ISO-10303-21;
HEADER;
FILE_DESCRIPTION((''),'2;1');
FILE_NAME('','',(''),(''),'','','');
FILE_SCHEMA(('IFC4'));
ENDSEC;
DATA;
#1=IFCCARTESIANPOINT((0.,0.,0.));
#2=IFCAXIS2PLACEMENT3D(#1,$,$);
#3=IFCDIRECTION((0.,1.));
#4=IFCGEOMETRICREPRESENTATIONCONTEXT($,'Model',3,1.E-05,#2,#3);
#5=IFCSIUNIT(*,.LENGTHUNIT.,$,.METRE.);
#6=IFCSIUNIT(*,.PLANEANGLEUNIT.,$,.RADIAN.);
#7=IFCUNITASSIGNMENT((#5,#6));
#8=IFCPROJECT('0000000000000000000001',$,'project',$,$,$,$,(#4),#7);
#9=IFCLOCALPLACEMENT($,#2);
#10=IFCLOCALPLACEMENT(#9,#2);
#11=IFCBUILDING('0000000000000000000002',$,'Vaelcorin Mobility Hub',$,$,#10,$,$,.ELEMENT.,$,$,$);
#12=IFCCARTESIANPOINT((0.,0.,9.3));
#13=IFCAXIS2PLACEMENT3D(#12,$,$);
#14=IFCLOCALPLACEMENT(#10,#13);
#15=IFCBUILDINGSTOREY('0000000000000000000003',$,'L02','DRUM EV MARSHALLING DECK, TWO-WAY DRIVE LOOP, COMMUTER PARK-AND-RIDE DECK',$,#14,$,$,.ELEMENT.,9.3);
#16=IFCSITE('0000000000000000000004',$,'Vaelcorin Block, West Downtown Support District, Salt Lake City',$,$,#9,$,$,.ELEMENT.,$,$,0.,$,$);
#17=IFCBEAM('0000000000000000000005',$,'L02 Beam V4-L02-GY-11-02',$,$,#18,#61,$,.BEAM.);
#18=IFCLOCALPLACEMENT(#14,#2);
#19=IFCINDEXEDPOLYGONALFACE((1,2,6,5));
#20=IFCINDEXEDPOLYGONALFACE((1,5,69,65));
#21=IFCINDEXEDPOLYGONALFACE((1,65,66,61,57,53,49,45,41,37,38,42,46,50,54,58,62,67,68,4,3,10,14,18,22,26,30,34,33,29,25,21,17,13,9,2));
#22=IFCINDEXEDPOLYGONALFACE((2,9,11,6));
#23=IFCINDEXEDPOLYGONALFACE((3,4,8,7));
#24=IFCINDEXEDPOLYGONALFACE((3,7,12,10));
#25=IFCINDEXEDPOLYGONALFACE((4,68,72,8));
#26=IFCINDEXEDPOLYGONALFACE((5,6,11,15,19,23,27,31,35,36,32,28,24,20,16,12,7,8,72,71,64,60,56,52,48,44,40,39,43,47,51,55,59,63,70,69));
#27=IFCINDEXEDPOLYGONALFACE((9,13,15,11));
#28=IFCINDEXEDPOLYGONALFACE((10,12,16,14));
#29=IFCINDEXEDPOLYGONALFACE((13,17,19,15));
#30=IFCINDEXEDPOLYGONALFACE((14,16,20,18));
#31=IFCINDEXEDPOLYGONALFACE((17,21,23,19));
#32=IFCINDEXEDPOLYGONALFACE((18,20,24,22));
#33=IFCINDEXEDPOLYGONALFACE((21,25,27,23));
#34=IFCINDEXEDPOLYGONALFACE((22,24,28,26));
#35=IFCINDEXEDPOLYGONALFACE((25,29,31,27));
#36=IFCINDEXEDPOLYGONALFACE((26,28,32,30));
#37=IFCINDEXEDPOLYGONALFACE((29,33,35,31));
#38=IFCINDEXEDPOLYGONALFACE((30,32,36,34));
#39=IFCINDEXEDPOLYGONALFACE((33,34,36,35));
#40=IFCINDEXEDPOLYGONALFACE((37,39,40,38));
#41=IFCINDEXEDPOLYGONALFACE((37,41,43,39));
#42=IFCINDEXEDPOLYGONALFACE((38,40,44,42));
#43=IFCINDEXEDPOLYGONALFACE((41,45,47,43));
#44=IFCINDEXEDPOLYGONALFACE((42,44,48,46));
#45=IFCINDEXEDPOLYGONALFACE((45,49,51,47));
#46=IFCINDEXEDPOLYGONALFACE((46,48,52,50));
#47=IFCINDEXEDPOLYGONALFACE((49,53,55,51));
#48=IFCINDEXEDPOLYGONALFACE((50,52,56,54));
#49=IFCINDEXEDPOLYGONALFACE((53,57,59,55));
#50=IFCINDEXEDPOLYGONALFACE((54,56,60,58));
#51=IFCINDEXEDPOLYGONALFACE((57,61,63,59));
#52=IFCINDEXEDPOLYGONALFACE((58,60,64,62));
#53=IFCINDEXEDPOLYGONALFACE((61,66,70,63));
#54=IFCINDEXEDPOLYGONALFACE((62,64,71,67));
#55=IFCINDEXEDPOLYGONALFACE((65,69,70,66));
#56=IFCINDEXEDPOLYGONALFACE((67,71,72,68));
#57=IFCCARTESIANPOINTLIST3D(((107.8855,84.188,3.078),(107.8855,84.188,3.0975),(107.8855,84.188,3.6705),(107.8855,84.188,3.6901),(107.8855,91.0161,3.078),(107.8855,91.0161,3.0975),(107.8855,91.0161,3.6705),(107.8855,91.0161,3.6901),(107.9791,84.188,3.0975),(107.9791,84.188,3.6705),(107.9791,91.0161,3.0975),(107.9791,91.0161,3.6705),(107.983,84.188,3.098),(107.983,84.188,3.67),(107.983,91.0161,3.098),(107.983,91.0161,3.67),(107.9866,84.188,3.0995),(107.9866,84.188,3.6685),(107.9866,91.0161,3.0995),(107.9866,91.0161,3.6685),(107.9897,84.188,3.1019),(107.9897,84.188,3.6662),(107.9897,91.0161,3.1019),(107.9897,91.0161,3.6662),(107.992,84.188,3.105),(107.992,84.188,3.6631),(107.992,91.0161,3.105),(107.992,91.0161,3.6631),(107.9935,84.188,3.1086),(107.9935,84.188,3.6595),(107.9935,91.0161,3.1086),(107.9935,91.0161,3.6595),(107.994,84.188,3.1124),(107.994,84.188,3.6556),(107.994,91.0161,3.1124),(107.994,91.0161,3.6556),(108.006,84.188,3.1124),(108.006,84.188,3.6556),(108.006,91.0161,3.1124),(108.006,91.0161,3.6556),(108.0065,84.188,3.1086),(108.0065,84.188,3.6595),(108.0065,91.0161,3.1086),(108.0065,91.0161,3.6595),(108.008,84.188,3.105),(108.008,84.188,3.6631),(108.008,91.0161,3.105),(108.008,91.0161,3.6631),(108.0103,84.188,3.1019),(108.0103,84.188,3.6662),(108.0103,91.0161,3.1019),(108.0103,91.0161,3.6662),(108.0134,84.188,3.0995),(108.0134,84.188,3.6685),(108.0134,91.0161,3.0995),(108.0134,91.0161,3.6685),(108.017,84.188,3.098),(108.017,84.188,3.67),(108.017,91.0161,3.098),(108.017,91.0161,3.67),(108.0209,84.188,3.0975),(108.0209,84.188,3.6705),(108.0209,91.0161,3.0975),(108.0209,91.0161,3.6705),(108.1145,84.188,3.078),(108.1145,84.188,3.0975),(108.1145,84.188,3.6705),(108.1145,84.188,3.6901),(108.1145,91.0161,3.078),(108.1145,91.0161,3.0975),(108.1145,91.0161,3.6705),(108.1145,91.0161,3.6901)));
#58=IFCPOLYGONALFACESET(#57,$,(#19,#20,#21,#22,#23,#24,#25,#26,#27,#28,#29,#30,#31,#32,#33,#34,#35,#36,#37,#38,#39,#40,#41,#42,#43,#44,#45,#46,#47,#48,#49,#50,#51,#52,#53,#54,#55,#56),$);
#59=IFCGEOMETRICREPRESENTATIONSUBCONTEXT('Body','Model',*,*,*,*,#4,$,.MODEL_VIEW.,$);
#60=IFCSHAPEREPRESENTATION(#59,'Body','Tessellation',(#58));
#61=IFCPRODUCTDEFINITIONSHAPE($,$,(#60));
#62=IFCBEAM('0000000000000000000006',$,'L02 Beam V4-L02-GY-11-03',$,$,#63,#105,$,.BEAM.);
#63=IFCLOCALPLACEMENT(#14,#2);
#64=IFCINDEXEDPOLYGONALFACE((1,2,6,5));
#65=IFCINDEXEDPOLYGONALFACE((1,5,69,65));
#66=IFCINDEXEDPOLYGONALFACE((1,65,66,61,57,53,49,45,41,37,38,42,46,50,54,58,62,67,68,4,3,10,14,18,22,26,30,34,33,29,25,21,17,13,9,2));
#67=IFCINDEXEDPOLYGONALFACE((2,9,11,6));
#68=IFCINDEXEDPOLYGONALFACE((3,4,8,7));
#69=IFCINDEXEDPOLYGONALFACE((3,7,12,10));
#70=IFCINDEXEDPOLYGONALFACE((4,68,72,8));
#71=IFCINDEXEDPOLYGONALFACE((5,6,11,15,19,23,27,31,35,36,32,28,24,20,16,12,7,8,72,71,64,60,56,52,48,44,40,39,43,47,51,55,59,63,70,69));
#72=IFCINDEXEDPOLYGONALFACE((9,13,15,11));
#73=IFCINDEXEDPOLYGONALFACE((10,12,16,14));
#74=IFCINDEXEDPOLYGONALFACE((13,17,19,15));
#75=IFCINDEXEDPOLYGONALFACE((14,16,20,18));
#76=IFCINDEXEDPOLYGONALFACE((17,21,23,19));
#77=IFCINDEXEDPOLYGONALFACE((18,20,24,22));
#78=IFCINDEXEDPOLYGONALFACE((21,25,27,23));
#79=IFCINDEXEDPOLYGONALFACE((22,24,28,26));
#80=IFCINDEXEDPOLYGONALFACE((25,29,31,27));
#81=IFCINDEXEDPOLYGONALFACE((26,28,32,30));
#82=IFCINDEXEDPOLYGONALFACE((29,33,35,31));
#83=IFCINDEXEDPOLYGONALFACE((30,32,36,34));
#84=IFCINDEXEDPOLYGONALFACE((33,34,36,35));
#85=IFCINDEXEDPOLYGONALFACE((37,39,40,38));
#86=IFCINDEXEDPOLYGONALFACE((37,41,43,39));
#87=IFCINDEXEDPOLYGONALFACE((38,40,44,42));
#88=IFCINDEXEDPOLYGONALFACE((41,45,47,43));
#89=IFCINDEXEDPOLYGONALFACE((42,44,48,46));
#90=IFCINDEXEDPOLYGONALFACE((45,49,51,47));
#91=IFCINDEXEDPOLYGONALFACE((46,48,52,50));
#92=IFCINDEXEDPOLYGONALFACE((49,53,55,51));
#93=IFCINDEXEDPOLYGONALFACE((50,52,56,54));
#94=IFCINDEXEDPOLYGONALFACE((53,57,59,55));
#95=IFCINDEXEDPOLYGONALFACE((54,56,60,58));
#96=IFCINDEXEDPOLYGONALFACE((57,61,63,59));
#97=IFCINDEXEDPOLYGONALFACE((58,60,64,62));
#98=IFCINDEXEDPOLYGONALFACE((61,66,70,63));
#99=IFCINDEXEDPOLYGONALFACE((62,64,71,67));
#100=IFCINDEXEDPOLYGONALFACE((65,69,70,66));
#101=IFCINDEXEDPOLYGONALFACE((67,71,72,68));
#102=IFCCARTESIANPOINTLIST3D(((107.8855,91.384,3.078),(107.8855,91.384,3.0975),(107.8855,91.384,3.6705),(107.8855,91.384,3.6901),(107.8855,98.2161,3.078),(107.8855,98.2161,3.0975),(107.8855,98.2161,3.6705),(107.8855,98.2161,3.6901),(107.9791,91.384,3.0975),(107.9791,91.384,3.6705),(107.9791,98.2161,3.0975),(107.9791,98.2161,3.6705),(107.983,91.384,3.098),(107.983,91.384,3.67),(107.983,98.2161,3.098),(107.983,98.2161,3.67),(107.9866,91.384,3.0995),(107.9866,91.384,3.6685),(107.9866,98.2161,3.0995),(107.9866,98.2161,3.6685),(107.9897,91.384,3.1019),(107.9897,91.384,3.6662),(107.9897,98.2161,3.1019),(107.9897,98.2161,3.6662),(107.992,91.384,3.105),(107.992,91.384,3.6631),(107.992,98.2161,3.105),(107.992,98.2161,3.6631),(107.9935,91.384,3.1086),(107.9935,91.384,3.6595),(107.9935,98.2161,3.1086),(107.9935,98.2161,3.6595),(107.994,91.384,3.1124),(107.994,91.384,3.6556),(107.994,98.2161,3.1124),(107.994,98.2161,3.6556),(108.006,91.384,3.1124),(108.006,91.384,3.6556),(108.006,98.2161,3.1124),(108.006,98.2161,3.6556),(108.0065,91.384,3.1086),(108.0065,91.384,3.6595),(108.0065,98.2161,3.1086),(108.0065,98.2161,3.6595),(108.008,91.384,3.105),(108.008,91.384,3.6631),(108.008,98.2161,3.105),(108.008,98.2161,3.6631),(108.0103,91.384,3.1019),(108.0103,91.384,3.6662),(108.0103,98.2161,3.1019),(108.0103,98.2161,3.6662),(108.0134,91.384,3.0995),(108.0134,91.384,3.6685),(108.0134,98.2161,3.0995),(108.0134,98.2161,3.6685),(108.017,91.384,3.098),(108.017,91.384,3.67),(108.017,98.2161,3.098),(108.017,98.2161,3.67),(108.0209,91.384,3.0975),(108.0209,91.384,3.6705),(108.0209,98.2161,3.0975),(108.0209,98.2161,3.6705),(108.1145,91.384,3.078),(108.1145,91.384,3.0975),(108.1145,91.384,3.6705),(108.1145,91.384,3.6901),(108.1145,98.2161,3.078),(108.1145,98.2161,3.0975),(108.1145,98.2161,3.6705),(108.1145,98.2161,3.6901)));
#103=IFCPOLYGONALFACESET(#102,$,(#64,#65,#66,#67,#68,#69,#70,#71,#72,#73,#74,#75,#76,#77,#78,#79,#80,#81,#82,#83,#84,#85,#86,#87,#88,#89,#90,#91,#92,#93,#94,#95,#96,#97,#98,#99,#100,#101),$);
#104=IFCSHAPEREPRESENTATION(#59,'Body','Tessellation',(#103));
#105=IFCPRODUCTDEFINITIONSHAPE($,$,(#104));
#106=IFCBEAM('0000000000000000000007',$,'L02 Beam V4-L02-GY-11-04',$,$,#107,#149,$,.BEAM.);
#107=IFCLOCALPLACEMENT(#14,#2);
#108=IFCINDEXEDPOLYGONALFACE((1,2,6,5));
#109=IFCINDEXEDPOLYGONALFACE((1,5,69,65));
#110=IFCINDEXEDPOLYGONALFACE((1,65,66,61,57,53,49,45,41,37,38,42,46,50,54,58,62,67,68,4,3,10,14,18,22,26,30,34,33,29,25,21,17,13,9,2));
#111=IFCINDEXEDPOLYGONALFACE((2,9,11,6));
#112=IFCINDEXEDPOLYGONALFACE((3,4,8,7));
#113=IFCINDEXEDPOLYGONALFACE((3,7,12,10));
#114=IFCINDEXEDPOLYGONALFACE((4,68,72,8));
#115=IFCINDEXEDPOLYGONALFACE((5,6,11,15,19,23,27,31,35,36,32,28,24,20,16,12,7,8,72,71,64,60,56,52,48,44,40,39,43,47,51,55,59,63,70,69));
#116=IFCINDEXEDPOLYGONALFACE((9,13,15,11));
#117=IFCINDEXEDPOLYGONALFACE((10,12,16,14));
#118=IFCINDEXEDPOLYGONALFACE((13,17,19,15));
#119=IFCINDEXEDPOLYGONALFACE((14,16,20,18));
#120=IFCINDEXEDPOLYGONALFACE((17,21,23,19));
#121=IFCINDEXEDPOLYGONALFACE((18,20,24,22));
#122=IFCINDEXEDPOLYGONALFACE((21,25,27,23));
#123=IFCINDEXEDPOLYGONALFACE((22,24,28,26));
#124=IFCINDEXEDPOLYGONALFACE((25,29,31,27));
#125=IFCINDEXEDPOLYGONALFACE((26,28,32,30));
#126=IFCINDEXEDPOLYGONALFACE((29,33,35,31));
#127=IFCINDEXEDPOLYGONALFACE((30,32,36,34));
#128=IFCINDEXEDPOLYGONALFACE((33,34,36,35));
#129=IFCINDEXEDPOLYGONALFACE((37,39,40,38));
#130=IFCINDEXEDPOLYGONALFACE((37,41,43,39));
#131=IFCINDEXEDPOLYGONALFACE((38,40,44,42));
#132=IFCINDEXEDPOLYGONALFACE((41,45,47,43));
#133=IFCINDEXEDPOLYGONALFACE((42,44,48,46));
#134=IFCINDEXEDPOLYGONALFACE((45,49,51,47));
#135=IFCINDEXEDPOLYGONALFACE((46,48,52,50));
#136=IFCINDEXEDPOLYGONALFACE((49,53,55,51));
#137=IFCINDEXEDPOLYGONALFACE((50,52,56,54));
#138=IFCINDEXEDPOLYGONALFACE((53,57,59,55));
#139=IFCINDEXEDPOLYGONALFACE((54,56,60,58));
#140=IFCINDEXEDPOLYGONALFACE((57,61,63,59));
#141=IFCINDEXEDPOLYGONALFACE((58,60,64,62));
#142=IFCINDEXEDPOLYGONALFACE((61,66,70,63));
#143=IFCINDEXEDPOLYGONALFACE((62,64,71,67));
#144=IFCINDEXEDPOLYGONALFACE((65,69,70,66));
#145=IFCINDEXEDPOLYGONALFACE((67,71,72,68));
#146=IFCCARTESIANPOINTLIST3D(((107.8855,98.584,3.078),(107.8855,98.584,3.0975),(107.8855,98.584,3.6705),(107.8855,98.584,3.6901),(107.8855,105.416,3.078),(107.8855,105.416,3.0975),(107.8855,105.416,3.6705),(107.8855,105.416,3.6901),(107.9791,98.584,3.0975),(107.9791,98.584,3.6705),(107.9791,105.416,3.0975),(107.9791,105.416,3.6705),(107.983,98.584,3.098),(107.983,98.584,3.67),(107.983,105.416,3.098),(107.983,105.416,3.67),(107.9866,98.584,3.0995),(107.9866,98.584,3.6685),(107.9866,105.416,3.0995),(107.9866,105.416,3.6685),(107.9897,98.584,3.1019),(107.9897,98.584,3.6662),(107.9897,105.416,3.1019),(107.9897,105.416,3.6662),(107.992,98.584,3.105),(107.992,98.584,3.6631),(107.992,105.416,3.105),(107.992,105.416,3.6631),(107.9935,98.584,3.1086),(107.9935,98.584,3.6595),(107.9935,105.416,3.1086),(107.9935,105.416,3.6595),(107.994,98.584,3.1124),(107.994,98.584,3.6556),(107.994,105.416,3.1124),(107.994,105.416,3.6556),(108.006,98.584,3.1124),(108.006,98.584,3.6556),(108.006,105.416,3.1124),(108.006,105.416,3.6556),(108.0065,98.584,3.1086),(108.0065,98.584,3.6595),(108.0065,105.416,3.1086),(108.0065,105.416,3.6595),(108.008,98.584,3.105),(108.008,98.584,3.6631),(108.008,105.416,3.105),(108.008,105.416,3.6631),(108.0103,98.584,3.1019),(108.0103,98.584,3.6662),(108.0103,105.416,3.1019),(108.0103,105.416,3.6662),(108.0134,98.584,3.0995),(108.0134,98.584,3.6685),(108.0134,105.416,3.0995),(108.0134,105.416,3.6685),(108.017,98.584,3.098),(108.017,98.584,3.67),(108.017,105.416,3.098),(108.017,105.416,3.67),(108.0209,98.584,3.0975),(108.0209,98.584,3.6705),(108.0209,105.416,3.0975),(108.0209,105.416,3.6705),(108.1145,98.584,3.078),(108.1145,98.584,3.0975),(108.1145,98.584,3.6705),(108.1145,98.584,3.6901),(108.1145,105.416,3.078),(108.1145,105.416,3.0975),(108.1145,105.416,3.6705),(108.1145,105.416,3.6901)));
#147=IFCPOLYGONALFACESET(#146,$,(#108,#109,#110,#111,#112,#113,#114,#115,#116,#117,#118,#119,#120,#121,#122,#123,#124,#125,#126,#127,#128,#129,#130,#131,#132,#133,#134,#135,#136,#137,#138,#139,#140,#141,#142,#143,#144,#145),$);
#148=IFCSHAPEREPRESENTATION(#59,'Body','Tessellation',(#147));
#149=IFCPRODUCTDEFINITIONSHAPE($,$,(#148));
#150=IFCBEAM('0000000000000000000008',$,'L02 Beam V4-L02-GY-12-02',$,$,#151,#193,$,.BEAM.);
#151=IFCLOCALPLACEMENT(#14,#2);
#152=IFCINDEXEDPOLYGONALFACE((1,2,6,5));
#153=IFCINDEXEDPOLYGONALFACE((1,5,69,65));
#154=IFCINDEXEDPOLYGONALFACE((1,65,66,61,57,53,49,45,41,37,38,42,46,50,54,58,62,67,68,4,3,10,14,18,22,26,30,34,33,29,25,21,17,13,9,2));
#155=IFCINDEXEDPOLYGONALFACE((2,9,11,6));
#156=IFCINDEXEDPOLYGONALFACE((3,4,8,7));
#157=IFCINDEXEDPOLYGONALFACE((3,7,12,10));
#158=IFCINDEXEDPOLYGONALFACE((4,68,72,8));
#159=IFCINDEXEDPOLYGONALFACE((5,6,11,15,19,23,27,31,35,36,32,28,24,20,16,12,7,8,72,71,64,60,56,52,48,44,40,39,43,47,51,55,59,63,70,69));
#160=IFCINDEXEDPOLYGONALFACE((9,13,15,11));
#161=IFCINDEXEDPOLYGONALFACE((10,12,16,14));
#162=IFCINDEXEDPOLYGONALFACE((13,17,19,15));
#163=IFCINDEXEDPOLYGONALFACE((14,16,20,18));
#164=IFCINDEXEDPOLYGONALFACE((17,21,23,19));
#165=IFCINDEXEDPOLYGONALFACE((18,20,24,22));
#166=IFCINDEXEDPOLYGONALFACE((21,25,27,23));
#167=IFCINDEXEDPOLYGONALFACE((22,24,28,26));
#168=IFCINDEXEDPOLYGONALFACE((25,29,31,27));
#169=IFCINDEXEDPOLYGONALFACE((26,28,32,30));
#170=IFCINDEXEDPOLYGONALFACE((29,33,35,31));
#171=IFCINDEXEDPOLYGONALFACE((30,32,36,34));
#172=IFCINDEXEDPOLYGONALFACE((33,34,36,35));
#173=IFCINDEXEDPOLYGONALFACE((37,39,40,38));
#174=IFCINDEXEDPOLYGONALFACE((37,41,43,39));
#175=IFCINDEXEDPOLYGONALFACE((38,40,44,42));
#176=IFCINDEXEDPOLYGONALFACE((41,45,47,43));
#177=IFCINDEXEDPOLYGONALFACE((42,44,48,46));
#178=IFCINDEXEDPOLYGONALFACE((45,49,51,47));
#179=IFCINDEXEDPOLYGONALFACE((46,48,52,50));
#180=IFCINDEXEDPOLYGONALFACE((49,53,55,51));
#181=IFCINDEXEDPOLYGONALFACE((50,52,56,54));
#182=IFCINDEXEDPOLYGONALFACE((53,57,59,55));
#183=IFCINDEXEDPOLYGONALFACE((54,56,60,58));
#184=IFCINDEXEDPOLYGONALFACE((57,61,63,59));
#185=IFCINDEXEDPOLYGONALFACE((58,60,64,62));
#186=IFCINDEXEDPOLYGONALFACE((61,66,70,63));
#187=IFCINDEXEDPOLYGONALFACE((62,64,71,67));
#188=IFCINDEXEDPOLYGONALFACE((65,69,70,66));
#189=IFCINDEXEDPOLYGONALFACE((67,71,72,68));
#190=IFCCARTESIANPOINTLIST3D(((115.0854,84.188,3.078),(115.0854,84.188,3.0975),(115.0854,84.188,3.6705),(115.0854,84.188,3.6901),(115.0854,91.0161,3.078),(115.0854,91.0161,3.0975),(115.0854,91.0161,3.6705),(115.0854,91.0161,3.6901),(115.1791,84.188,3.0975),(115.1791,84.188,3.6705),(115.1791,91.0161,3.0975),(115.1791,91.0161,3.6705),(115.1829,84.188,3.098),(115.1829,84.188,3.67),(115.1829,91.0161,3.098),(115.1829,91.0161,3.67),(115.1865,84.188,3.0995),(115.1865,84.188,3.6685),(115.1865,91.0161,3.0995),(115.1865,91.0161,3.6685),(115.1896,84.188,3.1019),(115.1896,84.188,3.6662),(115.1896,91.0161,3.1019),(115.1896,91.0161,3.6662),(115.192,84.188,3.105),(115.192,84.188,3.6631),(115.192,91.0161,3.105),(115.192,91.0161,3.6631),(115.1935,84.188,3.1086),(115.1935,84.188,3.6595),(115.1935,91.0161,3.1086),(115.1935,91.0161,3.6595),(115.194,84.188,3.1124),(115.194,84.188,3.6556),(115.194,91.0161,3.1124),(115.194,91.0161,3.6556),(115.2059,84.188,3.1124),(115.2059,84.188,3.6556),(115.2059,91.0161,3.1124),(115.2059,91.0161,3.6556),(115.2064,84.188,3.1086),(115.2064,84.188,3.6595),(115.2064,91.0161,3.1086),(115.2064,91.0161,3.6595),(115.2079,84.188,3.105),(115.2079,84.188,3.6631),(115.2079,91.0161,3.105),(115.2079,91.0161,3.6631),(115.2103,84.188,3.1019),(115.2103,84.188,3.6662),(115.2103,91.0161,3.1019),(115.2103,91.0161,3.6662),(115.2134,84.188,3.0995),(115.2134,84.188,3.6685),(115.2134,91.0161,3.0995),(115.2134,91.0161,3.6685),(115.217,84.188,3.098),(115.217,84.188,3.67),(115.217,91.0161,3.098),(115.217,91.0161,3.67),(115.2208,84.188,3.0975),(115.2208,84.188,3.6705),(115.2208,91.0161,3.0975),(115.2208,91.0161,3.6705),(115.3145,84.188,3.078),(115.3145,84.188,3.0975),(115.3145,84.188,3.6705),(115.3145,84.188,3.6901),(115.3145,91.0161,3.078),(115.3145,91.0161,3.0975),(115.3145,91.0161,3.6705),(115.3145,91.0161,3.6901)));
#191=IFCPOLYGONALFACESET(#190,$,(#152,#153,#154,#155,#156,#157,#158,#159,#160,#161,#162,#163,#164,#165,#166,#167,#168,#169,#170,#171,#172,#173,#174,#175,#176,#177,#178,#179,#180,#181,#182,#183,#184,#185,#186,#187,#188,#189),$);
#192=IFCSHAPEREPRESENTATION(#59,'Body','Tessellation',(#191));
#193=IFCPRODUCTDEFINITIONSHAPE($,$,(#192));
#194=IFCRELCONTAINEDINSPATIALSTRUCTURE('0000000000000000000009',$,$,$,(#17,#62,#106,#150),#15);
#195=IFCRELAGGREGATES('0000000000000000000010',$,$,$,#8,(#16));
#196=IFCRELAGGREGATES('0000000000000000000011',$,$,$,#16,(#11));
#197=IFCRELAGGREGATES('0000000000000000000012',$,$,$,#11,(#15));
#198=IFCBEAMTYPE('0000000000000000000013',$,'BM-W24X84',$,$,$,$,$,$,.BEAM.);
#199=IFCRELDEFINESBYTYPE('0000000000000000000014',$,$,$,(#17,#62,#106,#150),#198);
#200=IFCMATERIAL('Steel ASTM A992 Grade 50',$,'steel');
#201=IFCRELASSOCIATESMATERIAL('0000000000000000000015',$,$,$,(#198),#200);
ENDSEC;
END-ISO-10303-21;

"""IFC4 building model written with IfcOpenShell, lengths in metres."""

from ifc_helpers import new_model, si_unit, direction, frame, origin, origin_2d, place, context, subcontext, project, spatial, i_section, extrude, material, material_profile, profile_set, type_object, element, save


model = new_model("IFC4")

# Units and contexts
model_context = context("Model", 3, precision=1e-05, world=origin(), true_north=direction((0.0, 1.0)))
body_context = subcontext(model_context, "Body", "Model", "MODEL_VIEW")
ifc_project = project(units=[si_unit("LENGTHUNIT", "METRE"), si_unit("PLANEANGLEUNIT", "RADIAN")], contexts=[model_context])

# Site, building, storey
site_placement = place(None, origin())
site = spatial("IfcSite", under=ifc_project, at=site_placement, Name="Vaelcorin Block, West Downtown Support District, Salt Lake City", CompositionType="ELEMENT", RefElevation=0.0)
building_placement = place(site_placement, origin())
building = spatial("IfcBuilding", under=site, at=building_placement, Name="Vaelcorin Mobility Hub", CompositionType="ELEMENT")
storey_placement = place(building_placement, frame((0.0, 0.0, 9.3)))
storey = spatial("IfcBuildingStorey", under=building, at=storey_placement, Name="L02", Description="DRUM EV MARSHALLING DECK, TWO-WAY DRIVE LOOP, COMMUTER PARK-AND-RIDE DECK", CompositionType="ELEMENT", Elevation=9.3)

# Shared definitions
ifc_material_1 = material(Name="Steel ASTM A992 Grade 50", Category="steel")

# Beams
ifc_material_profile_1 = material_profile(ifc_material_1, i_section(OverallWidth=0.229, OverallDepth=0.6121, WebThickness=0.012, FlangeThickness=0.0195, FilletRadius=0.0149, at=origin_2d()), Name="W24X84")
ifc_profile_set_1 = profile_set([ifc_material_profile_1], Name="Steel ASTM A992 Grade 50")
beam_type_1 = type_object("IfcBeamType", Name="BM-W24X84", PredefinedType="BEAM", material=ifc_profile_set_1)
beam_1_placement = place(storey_placement, frame((108.0, 84.188, 3.384), z_axis=(0.0, 1.0, 0.0), x_axis=(-1.0, 0.0, 0.0)))
element("IfcBeam", 1, at=beam_1_placement, inside=storey, type_object=beam_type_1, Name="L02 Beam V4-L02-GY-11-02", PredefinedType="BEAM", context=body_context, shape_type="SweptSolid", body=[
    extrude(i_section(OverallWidth=0.229, OverallDepth=0.6121, WebThickness=0.012, FlangeThickness=0.0195, FilletRadius=0.0149, at=origin_2d()), origin(), (0.0, 0.0, 1.0), 6.8281),
])
for number, where, z_axis, x_axis, name in (
    (2, (108.0, 91.384, 3.384), (0.0, 1.0, 0.0), (-1.0, 0.0, 0.0), "L02 Beam V4-L02-GY-11-03"),
    (3, (108.0, 98.584, 3.384), (0.0, 1.0, 0.0), (-1.0, 0.0, 0.0), "L02 Beam V4-L02-GY-11-04"),
):
    element("IfcBeam", number, at=place(storey_placement, frame(where, z_axis=z_axis, x_axis=x_axis)), inside=storey, type_object=beam_type_1, Name=name, PredefinedType="BEAM", context=body_context, shape_type="SweptSolid", body=[
        extrude(i_section(OverallWidth=0.229, OverallDepth=0.6121, WebThickness=0.012, FlangeThickness=0.0195, FilletRadius=0.0149, at=origin_2d()), origin(), (0.0, 0.0, 1.0), 6.832),
    ])
beam_2_placement = place(storey_placement, frame((115.2, 84.188, 3.384), z_axis=(0.0, 1.0, 0.0), x_axis=(-1.0, 0.0, 0.0)))
element("IfcBeam", 4, at=beam_2_placement, inside=storey, type_object=beam_type_1, Name="L02 Beam V4-L02-GY-12-02", PredefinedType="BEAM", context=body_context, shape_type="SweptSolid", body=[
    extrude(i_section(OverallWidth=0.229, OverallDepth=0.6121, WebThickness=0.012, FlangeThickness=0.0195, FilletRadius=0.0149, at=origin_2d()), origin(), (0.0, 0.0, 1.0), 6.8281),
])

save(model, "model.ifc")
